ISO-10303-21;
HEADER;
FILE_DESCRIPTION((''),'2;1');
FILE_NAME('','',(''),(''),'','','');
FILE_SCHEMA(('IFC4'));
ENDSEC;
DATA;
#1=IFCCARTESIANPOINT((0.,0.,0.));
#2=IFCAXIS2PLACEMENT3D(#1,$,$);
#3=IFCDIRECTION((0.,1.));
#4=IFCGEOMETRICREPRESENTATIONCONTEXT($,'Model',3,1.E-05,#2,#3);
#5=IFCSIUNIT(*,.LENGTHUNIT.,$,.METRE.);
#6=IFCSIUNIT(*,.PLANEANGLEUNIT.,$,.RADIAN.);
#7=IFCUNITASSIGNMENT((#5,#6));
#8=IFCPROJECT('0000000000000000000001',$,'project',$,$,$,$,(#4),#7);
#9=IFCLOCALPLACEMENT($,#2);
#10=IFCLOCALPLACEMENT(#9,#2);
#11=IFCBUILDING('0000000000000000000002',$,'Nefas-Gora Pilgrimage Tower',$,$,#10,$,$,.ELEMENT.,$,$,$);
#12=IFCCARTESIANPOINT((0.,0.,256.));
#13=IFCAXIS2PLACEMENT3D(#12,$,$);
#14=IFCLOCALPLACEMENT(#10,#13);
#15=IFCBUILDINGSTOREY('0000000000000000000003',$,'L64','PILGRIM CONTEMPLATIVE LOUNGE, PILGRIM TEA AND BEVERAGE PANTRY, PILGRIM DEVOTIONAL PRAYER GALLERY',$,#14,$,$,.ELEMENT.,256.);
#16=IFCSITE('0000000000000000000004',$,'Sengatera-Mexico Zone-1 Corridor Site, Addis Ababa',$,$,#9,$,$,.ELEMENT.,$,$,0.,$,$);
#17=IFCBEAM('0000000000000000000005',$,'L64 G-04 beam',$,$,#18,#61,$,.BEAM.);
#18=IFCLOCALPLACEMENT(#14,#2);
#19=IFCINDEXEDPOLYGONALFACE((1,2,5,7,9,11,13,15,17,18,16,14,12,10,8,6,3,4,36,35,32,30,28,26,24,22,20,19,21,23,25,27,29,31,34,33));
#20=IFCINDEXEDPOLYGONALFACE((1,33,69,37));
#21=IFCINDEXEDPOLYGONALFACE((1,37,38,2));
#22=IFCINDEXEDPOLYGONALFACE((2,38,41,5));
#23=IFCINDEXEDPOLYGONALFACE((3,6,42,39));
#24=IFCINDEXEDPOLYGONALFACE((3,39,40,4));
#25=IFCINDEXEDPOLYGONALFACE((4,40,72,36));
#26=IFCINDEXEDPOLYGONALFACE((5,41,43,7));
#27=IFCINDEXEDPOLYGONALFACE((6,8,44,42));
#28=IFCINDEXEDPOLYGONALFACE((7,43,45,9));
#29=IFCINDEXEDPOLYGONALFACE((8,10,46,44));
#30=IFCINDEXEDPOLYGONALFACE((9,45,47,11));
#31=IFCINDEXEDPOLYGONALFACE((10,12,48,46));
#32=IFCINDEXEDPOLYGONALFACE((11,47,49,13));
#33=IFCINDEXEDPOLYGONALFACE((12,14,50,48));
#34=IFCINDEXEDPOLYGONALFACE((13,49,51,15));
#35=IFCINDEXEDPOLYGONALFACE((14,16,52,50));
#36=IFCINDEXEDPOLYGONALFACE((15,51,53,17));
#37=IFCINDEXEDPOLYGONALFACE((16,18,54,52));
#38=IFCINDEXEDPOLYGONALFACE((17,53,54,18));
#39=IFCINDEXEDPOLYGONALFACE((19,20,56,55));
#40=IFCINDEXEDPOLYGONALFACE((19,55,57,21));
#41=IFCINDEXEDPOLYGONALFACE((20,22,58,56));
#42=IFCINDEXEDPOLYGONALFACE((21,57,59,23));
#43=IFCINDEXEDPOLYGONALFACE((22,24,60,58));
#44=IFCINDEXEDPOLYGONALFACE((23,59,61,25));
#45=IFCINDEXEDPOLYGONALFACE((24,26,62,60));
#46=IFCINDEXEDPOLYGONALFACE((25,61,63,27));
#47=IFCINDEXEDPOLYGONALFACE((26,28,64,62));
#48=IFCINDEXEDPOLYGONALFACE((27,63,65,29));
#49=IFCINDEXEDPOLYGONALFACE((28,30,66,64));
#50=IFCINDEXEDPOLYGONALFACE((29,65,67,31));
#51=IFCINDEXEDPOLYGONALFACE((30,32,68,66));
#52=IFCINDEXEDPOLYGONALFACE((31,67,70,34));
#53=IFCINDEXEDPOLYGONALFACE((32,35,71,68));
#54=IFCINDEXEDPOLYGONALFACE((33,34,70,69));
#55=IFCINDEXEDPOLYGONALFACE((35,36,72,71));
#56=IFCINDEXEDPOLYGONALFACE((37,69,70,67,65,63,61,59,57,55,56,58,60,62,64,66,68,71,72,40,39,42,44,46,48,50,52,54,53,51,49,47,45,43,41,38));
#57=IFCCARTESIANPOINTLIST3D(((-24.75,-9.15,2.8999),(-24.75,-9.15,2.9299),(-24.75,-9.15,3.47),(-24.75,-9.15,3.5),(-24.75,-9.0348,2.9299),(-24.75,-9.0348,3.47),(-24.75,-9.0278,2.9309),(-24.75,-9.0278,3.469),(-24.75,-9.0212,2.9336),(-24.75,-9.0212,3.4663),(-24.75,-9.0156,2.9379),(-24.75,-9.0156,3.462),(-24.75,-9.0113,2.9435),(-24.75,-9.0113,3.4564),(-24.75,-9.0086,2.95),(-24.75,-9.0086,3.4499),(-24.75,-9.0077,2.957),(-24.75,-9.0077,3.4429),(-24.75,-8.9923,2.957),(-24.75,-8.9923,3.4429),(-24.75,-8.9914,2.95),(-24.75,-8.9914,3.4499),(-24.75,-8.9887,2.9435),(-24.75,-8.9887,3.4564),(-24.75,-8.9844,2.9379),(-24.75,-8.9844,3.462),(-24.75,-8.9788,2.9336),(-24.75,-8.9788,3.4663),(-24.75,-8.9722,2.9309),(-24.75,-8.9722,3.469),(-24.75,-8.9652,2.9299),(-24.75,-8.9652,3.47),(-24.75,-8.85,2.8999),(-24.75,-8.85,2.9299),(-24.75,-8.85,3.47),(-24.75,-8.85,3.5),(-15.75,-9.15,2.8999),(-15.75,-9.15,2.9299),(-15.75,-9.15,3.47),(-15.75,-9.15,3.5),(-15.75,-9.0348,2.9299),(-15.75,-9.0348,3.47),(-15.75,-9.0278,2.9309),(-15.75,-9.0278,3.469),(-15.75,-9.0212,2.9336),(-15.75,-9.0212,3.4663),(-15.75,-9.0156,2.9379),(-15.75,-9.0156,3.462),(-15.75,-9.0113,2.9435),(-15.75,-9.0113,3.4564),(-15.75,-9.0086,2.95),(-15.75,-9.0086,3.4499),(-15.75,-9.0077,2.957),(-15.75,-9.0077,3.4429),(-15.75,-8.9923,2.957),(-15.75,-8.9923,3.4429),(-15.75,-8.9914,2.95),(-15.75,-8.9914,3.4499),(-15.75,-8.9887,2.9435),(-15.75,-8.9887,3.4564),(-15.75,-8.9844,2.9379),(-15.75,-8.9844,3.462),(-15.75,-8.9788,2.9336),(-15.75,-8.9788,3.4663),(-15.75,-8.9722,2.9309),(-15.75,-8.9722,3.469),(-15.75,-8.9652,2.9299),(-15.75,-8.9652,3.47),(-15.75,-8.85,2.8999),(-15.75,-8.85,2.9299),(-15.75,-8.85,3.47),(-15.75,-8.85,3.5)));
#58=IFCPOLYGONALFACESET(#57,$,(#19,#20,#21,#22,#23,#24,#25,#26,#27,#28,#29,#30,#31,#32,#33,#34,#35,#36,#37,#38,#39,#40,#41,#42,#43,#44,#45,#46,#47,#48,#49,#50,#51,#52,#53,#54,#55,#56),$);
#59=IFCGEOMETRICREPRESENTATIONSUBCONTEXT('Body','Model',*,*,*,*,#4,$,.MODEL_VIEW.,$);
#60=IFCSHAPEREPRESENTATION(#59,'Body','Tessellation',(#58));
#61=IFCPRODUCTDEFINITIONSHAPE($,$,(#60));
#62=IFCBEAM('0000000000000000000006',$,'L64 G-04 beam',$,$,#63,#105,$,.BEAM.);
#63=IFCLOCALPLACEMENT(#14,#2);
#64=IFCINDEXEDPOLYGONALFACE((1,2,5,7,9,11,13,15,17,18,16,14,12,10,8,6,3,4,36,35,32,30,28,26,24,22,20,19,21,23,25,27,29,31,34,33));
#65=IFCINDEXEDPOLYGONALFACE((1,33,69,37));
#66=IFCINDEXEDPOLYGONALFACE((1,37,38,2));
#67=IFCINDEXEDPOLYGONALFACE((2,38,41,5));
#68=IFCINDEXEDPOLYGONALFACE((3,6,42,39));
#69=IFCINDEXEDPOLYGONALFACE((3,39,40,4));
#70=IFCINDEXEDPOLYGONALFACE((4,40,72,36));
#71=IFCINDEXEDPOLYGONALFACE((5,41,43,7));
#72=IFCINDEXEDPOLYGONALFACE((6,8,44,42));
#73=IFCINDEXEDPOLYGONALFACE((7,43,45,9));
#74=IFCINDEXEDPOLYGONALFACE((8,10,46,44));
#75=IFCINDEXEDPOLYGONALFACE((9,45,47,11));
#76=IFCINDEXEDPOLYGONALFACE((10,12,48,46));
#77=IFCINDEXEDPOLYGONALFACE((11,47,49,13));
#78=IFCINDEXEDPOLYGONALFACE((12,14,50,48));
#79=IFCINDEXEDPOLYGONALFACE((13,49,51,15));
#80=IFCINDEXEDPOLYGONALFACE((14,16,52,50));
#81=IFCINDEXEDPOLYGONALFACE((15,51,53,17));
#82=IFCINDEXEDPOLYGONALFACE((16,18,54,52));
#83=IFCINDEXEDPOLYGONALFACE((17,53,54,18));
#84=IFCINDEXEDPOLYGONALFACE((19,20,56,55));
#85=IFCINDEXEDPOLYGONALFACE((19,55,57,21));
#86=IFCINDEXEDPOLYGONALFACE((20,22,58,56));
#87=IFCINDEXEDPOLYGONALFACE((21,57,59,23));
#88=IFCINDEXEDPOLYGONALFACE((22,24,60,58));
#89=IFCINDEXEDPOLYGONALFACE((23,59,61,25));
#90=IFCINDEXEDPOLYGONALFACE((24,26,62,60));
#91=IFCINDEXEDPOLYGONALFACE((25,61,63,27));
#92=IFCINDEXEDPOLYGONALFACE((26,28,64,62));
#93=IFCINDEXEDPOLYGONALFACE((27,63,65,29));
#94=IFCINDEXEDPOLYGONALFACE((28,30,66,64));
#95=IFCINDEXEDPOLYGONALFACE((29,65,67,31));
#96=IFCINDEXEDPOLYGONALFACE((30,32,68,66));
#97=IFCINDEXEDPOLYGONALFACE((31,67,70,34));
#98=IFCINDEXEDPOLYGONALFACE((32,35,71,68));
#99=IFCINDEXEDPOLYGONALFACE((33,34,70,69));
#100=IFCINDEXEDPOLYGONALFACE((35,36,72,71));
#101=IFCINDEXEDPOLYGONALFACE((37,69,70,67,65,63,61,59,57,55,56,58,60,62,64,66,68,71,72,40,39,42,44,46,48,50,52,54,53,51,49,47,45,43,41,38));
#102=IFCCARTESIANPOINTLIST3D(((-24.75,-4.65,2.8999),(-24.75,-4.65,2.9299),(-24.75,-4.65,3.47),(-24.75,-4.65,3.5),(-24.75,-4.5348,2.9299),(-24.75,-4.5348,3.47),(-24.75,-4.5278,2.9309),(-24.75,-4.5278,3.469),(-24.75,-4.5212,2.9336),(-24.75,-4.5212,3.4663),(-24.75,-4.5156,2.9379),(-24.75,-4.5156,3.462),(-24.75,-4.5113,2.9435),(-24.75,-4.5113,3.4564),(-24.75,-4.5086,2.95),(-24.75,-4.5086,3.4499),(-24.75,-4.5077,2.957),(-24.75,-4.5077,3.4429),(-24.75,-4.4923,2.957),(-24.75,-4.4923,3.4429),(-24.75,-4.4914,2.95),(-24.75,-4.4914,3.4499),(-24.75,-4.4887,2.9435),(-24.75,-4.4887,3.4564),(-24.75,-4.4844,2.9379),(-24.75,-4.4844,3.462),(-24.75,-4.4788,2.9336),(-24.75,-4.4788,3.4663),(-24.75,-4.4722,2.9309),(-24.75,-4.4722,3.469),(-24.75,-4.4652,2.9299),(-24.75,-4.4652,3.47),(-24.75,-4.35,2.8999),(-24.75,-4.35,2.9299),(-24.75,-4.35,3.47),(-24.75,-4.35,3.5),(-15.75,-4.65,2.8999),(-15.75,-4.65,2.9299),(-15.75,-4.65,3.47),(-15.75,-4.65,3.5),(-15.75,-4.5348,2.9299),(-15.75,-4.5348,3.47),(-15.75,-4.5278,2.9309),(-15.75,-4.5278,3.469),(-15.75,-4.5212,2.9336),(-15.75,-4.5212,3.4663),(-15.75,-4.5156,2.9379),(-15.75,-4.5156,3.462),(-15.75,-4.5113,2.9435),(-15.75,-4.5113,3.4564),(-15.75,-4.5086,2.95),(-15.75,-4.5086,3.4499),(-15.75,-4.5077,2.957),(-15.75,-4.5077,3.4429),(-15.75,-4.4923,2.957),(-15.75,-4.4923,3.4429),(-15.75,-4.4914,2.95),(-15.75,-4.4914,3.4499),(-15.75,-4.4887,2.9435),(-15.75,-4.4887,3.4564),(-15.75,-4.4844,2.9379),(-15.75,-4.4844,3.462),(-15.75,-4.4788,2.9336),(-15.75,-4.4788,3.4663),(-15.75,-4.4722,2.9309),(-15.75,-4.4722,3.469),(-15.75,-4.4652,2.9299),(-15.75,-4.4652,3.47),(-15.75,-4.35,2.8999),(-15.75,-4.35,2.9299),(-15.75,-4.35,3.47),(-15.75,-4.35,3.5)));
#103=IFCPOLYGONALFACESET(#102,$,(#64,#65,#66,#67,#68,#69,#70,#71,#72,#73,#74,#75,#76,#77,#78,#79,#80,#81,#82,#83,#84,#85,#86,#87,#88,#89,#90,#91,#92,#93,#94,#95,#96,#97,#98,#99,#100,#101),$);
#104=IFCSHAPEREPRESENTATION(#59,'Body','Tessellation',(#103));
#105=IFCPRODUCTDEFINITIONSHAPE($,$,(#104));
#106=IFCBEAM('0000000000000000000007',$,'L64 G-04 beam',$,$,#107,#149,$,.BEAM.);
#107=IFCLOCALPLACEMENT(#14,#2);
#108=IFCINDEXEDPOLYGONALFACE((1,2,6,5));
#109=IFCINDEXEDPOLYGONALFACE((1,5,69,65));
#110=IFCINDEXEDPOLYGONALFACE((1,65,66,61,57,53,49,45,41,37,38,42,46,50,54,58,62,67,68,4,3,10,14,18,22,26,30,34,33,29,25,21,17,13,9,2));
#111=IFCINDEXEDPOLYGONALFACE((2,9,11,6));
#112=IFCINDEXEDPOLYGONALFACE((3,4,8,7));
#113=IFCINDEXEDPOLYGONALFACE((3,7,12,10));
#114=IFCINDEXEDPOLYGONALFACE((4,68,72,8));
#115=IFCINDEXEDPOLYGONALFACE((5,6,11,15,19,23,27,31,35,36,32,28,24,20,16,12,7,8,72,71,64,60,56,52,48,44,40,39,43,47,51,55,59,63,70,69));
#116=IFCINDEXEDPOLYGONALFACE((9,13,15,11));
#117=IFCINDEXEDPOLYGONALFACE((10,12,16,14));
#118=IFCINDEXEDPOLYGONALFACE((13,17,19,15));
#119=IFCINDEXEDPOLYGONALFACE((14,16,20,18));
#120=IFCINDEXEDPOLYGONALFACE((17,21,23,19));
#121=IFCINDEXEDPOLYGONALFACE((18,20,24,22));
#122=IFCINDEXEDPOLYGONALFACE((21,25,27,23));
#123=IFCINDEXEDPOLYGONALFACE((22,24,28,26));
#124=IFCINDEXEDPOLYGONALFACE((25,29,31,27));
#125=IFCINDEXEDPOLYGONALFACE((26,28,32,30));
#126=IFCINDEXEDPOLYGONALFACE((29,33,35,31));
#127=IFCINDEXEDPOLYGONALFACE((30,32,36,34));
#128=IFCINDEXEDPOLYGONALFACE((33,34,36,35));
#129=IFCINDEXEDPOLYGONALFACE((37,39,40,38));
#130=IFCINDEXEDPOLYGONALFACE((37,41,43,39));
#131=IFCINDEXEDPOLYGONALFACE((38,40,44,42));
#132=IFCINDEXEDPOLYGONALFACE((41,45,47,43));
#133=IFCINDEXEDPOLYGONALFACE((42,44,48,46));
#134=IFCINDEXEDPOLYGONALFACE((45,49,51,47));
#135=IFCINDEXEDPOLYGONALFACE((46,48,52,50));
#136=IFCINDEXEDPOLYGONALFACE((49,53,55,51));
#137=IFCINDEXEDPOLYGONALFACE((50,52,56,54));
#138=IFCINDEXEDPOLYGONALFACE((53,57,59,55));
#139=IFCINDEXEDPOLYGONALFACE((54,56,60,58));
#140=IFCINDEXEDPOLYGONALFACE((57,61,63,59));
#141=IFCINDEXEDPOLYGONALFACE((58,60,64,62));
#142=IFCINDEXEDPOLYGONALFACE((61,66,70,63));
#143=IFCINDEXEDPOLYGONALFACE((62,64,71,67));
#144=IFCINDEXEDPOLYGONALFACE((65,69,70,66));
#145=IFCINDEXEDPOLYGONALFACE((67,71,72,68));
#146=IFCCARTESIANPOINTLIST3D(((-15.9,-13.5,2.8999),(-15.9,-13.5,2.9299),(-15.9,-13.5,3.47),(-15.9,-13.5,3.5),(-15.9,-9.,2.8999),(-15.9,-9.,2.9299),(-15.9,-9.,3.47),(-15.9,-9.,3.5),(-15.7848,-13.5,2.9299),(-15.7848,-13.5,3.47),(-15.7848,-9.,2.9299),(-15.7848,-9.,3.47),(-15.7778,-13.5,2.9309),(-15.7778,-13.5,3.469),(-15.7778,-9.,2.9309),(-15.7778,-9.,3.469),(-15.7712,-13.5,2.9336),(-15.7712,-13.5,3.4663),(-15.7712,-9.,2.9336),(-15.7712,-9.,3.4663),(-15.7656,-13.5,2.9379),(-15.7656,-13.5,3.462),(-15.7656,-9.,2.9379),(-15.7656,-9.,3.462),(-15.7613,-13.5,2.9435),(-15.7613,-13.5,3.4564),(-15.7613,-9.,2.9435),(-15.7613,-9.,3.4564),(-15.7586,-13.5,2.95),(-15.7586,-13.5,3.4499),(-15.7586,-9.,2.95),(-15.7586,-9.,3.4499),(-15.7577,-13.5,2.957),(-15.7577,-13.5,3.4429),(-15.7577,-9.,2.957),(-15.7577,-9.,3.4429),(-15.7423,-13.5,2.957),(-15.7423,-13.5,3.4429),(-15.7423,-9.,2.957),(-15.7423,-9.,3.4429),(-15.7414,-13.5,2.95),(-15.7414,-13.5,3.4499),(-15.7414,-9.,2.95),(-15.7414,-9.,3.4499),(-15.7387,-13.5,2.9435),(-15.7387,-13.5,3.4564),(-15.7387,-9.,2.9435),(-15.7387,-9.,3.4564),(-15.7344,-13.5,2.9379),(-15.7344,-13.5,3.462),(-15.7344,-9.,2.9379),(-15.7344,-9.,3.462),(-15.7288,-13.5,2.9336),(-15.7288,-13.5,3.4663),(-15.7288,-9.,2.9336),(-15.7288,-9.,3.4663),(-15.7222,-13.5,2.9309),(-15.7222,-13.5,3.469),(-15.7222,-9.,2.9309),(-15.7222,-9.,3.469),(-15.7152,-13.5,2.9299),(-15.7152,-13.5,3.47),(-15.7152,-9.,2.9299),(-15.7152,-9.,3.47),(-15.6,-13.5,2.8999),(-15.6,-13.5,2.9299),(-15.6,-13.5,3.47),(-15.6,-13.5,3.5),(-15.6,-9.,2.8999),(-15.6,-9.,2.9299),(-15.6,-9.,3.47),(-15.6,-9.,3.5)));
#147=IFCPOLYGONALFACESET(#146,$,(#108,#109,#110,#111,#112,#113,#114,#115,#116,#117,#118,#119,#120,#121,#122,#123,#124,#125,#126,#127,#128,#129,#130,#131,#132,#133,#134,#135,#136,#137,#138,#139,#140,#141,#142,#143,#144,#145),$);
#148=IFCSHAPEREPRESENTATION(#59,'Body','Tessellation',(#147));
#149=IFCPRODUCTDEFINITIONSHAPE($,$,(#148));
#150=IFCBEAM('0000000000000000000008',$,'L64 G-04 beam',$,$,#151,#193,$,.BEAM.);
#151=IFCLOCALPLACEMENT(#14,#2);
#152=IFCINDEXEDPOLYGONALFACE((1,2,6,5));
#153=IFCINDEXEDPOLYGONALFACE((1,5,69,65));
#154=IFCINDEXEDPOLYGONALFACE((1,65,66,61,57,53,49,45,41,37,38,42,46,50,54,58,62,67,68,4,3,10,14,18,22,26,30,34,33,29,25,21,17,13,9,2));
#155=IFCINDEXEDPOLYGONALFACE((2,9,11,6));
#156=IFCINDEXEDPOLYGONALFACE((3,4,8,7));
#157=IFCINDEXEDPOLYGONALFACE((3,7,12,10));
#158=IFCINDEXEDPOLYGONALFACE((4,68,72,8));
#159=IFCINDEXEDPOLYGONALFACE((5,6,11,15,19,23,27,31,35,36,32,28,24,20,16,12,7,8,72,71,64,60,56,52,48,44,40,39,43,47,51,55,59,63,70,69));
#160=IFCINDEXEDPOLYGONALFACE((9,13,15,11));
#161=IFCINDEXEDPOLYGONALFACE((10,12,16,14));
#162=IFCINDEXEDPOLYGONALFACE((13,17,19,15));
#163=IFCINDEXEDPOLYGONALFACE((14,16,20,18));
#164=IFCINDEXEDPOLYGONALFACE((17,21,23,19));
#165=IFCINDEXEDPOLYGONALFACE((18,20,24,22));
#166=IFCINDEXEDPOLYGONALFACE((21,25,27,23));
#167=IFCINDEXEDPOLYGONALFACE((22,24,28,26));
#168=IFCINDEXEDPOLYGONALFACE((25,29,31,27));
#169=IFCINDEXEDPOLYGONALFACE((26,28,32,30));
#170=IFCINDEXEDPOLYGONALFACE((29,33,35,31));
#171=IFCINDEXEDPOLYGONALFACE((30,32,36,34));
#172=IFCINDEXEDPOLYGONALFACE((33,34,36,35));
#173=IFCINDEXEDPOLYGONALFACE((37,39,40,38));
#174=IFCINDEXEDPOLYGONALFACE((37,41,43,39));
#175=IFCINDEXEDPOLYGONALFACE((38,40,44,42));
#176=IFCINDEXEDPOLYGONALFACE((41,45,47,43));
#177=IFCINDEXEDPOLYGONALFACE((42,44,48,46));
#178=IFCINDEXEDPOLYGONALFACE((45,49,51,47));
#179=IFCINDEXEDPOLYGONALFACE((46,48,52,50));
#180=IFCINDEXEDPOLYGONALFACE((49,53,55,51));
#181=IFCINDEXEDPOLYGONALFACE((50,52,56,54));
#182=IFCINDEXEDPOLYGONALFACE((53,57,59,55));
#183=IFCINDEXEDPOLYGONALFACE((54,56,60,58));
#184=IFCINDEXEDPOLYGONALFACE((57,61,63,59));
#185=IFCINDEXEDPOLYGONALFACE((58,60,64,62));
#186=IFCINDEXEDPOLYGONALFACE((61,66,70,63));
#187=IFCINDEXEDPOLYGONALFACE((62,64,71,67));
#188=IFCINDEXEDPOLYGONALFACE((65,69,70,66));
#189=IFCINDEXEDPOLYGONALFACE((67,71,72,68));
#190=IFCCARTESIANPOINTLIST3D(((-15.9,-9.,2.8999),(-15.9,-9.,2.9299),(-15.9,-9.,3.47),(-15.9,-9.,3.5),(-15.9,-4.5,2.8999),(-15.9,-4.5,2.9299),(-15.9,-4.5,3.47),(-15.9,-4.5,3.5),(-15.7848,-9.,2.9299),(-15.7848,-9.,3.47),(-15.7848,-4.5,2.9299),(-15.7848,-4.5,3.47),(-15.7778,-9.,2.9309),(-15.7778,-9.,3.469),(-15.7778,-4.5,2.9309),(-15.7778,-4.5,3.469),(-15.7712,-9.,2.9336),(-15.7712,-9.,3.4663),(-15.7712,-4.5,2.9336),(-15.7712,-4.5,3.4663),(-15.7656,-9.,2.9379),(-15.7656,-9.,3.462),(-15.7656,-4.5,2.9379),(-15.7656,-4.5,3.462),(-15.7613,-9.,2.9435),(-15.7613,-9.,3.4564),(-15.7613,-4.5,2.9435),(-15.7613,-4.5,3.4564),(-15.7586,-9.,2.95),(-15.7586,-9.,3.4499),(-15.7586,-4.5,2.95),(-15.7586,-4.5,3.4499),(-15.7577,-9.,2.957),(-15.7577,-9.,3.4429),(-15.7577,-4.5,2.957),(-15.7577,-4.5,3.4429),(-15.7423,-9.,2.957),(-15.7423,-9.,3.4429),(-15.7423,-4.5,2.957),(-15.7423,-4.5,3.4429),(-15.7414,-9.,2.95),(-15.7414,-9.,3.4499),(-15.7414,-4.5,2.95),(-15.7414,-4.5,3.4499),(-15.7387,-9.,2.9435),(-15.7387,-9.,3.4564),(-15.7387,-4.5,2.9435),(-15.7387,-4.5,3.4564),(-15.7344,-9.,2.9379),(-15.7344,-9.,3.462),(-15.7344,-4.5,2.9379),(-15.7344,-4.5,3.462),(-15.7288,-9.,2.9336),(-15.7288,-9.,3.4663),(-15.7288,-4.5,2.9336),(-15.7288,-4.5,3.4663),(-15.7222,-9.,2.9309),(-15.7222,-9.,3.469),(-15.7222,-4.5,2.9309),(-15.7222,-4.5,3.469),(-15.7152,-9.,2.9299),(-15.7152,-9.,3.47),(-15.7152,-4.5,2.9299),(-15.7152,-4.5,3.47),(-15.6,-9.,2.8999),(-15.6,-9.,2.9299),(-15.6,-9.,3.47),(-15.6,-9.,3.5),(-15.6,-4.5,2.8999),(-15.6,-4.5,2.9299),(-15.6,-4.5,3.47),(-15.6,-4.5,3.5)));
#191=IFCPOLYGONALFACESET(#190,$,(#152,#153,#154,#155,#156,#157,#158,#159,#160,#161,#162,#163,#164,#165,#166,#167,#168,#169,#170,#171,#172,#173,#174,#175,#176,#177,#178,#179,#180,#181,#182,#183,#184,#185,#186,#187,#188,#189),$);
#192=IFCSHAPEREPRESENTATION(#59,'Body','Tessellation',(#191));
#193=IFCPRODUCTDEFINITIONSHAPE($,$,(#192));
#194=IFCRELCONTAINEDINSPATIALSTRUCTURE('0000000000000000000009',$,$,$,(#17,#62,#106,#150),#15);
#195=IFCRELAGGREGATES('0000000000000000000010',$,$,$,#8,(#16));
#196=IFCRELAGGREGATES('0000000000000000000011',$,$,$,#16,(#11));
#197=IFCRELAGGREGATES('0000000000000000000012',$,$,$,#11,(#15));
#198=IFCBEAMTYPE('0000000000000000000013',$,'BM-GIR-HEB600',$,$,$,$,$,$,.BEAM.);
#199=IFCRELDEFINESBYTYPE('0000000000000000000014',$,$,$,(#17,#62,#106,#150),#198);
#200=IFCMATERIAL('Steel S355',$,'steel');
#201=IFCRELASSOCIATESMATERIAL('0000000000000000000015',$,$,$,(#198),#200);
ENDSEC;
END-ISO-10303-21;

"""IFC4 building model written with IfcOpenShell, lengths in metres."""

from ifc_helpers import new_model, si_unit, direction, frame, origin, origin_2d, place, context, subcontext, project, spatial, i_section, extrude, source, transform, mapped, material, material_profile, profile_set, type_object, element, save


model = new_model("IFC4")

# Units and contexts
model_context = context("Model", 3, precision=1e-05, world=origin(), true_north=direction((0.0, 1.0)))
body_context = subcontext(model_context, "Body", "Model", "MODEL_VIEW")
ifc_project = project(units=[si_unit("LENGTHUNIT", "METRE"), si_unit("PLANEANGLEUNIT", "RADIAN")], contexts=[model_context])

# Site, building, storey
site_placement = place(None, origin())
site = spatial("IfcSite", under=ifc_project, at=site_placement, Name="Sengatera-Mexico Zone-1 Corridor Site, Addis Ababa", CompositionType="ELEMENT", RefElevation=0.0)
building_placement = place(site_placement, origin())
building = spatial("IfcBuilding", under=site, at=building_placement, Name="Nefas-Gora Pilgrimage Tower", CompositionType="ELEMENT")
storey_placement = place(building_placement, frame((0.0, 0.0, 256.0)))
storey = spatial("IfcBuildingStorey", under=building, at=storey_placement, Name="L64", Description="PILGRIM CONTEMPLATIVE LOUNGE, PILGRIM TEA AND BEVERAGE PANTRY, PILGRIM DEVOTIONAL PRAYER GALLERY", CompositionType="ELEMENT", Elevation=256.0)

# Beams
ifc_material_1 = material(Name="Steel S355", Category="steel")
ifc_material_profile_1 = material_profile(ifc_material_1, i_section(OverallWidth=0.3, OverallDepth=0.6001, WebThickness=0.0154, FlangeThickness=0.03, FilletRadius=0.0271, at=origin_2d()), Name="HEB 600")
ifc_profile_set_1 = profile_set([ifc_material_profile_1], Name="Steel S355")
beam_type_1 = type_object("IfcBeamType", Name="BM-GIR-HEB600", PredefinedType="BEAM", material=ifc_profile_set_1)
shared_shape_1 = source(origin(), body_context, "Body", "SweptSolid", [
    extrude(i_section(OverallWidth=0.3, OverallDepth=0.6001, WebThickness=0.0154, FlangeThickness=0.03, FilletRadius=0.0271, at=origin_2d()), origin(), (0.0, 0.0, 1.0), 9.0),
])
for number, where, z_axis, x_axis, name in (
    (1, (-24.75, -9.0, 3.2), (1.0, 0.0, 0.0), (0.0, 1.0, 0.0), "L64 G-04 beam"),
    (2, (-24.75, -4.5, 3.2), (1.0, 0.0, 0.0), (0.0, 1.0, 0.0), "L64 G-04 beam"),
):
    element("IfcBeam", number, at=place(storey_placement, frame(where, z_axis=z_axis, x_axis=x_axis)), inside=storey, type_object=beam_type_1, Name=name, PredefinedType="BEAM", context=body_context, shape_type="MappedRepresentation", body=[
        mapped(shared_shape_1, transform((0.0, 0.0, 0.0), x_axis=(1.0, 0.0, 0.0), y_axis=(0.0, 1.0, 0.0), z_axis=(0.0, 0.0, 1.0), scale=1.0)),
    ])
shared_shape_2 = source(origin(), body_context, "Body", "SweptSolid", [
    extrude(i_section(OverallWidth=0.3, OverallDepth=0.6001, WebThickness=0.0154, FlangeThickness=0.03, FilletRadius=0.0271, at=origin_2d()), origin(), (0.0, 0.0, 1.0), 4.5),
])
for number, where, z_axis, x_axis, name in (
    (3, (-15.75, -13.5, 3.2), (0.0, 1.0, 0.0), (-1.0, 0.0, 0.0), "L64 G-04 beam"),
    (4, (-15.75, -9.0, 3.2), (0.0, 1.0, 0.0), (-1.0, 0.0, 0.0), "L64 G-04 beam"),
):
    element("IfcBeam", number, at=place(storey_placement, frame(where, z_axis=z_axis, x_axis=x_axis)), inside=storey, type_object=beam_type_1, Name=name, PredefinedType="BEAM", context=body_context, shape_type="MappedRepresentation", body=[
        mapped(shared_shape_2, transform((0.0, 0.0, 0.0), x_axis=(1.0, 0.0, 0.0), y_axis=(0.0, 1.0, 0.0), z_axis=(0.0, 0.0, 1.0), scale=1.0)),
    ])

save(model, "model.ifc")
